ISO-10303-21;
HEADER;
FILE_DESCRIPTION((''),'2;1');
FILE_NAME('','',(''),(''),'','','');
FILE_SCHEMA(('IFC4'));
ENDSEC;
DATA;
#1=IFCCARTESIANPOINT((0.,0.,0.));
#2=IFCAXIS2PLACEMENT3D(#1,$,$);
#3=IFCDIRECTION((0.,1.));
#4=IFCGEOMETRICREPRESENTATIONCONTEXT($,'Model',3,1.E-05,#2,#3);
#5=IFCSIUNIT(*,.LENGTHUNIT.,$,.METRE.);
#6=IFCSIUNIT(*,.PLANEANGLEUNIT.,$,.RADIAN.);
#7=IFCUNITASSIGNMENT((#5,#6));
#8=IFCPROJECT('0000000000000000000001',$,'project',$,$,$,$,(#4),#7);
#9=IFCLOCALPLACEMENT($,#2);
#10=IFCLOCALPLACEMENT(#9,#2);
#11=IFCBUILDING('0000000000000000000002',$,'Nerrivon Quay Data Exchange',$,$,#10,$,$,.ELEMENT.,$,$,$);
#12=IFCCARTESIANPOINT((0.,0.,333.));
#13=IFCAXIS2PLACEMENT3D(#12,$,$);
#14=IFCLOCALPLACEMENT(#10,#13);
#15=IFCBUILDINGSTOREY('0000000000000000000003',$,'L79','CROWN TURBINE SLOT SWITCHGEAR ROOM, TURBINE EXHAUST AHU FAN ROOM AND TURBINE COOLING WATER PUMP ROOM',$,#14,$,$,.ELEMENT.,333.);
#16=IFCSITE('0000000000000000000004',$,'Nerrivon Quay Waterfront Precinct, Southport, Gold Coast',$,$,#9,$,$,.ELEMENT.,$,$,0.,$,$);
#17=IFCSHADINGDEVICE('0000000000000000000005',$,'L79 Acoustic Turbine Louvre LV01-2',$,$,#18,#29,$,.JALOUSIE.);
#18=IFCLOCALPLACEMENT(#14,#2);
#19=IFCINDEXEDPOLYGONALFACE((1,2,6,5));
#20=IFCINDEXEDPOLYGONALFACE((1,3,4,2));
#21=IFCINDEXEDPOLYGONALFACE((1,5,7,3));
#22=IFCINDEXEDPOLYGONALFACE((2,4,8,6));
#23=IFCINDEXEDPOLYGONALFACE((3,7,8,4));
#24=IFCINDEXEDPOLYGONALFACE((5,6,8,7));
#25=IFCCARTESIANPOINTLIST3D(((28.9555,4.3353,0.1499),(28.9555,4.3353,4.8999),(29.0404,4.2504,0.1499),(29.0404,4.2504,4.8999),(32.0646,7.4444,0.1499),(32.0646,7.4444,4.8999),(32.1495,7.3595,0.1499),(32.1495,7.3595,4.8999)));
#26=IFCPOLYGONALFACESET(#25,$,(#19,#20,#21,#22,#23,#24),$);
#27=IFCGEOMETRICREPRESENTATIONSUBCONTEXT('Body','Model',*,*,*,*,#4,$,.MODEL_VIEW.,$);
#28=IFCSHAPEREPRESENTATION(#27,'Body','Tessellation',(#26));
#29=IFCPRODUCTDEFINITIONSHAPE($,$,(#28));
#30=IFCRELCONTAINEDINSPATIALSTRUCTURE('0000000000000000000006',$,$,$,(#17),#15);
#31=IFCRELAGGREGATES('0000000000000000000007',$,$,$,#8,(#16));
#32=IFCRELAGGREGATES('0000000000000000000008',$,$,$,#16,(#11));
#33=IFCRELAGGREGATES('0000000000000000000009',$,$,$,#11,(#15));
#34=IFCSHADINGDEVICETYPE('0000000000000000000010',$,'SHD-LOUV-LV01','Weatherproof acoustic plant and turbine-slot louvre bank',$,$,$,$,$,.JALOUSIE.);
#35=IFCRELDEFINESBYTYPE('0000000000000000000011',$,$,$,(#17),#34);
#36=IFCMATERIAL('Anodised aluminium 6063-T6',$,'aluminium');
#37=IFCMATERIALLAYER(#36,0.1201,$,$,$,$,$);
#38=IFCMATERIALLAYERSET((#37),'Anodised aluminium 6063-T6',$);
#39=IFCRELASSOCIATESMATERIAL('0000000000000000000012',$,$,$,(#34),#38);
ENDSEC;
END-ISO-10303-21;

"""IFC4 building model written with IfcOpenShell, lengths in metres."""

from ifc_helpers import new_model, si_unit, direction, frame, origin, origin_2d, place, context, subcontext, project, spatial, rectangle, extrude, material, layer, layer_set, type_object, element, save


model = new_model("IFC4")

# Units and contexts
model_context = context("Model", 3, precision=1e-05, world=origin(), true_north=direction((0.0, 1.0)))
body_context = subcontext(model_context, "Body", "Model", "MODEL_VIEW")
ifc_project = project(units=[si_unit("LENGTHUNIT", "METRE"), si_unit("PLANEANGLEUNIT", "RADIAN")], contexts=[model_context])

# Site, building, storey
site_placement = place(None, origin())
site = spatial("IfcSite", under=ifc_project, at=site_placement, Name="Nerrivon Quay Waterfront Precinct, Southport, Gold Coast", CompositionType="ELEMENT", RefElevation=0.0)
building_placement = place(site_placement, origin())
building = spatial("IfcBuilding", under=site, at=building_placement, Name="Nerrivon Quay Data Exchange", CompositionType="ELEMENT")
storey_placement = place(building_placement, frame((0.0, 0.0, 333.0)))
storey = spatial("IfcBuildingStorey", under=building, at=storey_placement, Name="L79", Description="CROWN TURBINE SLOT SWITCHGEAR ROOM, TURBINE EXHAUST AHU FAN ROOM AND TURBINE COOLING WATER PUMP ROOM", CompositionType="ELEMENT", Elevation=333.0)

# Shading device
ifc_material_1 = material(Name="Anodised aluminium 6063-T6", Category="aluminium")
ifc_layer_1 = layer(ifc_material_1, 0.1201)
ifc_layer_set_1 = layer_set([ifc_layer_1], Name="Anodised aluminium 6063-T6")
shading_device_type = type_object("IfcShadingDeviceType", Name="SHD-LOUV-LV01", Description="Weatherproof acoustic plant and turbine-slot louvre bank", PredefinedType="JALOUSIE", material=ifc_layer_set_1)
shading_device_1_placement = place(storey_placement, frame((30.5525, 5.8474, 0.1499), z_axis=(0.0, 0.0, 1.0), x_axis=(-0.707107, -0.707107, 0.0)))
element("IfcShadingDevice", 1, at=shading_device_1_placement, inside=storey, type_object=shading_device_type, Name="L79 Acoustic Turbine Louvre LV01-2", PredefinedType="JALOUSIE", context=body_context, shape_type="SweptSolid", body=[
    extrude(rectangle(XDim=4.397, YDim=0.1201, at=origin_2d()), origin(), (0.0, 0.0, 1.0), 4.75),
])

save(model, "model.ifc")
